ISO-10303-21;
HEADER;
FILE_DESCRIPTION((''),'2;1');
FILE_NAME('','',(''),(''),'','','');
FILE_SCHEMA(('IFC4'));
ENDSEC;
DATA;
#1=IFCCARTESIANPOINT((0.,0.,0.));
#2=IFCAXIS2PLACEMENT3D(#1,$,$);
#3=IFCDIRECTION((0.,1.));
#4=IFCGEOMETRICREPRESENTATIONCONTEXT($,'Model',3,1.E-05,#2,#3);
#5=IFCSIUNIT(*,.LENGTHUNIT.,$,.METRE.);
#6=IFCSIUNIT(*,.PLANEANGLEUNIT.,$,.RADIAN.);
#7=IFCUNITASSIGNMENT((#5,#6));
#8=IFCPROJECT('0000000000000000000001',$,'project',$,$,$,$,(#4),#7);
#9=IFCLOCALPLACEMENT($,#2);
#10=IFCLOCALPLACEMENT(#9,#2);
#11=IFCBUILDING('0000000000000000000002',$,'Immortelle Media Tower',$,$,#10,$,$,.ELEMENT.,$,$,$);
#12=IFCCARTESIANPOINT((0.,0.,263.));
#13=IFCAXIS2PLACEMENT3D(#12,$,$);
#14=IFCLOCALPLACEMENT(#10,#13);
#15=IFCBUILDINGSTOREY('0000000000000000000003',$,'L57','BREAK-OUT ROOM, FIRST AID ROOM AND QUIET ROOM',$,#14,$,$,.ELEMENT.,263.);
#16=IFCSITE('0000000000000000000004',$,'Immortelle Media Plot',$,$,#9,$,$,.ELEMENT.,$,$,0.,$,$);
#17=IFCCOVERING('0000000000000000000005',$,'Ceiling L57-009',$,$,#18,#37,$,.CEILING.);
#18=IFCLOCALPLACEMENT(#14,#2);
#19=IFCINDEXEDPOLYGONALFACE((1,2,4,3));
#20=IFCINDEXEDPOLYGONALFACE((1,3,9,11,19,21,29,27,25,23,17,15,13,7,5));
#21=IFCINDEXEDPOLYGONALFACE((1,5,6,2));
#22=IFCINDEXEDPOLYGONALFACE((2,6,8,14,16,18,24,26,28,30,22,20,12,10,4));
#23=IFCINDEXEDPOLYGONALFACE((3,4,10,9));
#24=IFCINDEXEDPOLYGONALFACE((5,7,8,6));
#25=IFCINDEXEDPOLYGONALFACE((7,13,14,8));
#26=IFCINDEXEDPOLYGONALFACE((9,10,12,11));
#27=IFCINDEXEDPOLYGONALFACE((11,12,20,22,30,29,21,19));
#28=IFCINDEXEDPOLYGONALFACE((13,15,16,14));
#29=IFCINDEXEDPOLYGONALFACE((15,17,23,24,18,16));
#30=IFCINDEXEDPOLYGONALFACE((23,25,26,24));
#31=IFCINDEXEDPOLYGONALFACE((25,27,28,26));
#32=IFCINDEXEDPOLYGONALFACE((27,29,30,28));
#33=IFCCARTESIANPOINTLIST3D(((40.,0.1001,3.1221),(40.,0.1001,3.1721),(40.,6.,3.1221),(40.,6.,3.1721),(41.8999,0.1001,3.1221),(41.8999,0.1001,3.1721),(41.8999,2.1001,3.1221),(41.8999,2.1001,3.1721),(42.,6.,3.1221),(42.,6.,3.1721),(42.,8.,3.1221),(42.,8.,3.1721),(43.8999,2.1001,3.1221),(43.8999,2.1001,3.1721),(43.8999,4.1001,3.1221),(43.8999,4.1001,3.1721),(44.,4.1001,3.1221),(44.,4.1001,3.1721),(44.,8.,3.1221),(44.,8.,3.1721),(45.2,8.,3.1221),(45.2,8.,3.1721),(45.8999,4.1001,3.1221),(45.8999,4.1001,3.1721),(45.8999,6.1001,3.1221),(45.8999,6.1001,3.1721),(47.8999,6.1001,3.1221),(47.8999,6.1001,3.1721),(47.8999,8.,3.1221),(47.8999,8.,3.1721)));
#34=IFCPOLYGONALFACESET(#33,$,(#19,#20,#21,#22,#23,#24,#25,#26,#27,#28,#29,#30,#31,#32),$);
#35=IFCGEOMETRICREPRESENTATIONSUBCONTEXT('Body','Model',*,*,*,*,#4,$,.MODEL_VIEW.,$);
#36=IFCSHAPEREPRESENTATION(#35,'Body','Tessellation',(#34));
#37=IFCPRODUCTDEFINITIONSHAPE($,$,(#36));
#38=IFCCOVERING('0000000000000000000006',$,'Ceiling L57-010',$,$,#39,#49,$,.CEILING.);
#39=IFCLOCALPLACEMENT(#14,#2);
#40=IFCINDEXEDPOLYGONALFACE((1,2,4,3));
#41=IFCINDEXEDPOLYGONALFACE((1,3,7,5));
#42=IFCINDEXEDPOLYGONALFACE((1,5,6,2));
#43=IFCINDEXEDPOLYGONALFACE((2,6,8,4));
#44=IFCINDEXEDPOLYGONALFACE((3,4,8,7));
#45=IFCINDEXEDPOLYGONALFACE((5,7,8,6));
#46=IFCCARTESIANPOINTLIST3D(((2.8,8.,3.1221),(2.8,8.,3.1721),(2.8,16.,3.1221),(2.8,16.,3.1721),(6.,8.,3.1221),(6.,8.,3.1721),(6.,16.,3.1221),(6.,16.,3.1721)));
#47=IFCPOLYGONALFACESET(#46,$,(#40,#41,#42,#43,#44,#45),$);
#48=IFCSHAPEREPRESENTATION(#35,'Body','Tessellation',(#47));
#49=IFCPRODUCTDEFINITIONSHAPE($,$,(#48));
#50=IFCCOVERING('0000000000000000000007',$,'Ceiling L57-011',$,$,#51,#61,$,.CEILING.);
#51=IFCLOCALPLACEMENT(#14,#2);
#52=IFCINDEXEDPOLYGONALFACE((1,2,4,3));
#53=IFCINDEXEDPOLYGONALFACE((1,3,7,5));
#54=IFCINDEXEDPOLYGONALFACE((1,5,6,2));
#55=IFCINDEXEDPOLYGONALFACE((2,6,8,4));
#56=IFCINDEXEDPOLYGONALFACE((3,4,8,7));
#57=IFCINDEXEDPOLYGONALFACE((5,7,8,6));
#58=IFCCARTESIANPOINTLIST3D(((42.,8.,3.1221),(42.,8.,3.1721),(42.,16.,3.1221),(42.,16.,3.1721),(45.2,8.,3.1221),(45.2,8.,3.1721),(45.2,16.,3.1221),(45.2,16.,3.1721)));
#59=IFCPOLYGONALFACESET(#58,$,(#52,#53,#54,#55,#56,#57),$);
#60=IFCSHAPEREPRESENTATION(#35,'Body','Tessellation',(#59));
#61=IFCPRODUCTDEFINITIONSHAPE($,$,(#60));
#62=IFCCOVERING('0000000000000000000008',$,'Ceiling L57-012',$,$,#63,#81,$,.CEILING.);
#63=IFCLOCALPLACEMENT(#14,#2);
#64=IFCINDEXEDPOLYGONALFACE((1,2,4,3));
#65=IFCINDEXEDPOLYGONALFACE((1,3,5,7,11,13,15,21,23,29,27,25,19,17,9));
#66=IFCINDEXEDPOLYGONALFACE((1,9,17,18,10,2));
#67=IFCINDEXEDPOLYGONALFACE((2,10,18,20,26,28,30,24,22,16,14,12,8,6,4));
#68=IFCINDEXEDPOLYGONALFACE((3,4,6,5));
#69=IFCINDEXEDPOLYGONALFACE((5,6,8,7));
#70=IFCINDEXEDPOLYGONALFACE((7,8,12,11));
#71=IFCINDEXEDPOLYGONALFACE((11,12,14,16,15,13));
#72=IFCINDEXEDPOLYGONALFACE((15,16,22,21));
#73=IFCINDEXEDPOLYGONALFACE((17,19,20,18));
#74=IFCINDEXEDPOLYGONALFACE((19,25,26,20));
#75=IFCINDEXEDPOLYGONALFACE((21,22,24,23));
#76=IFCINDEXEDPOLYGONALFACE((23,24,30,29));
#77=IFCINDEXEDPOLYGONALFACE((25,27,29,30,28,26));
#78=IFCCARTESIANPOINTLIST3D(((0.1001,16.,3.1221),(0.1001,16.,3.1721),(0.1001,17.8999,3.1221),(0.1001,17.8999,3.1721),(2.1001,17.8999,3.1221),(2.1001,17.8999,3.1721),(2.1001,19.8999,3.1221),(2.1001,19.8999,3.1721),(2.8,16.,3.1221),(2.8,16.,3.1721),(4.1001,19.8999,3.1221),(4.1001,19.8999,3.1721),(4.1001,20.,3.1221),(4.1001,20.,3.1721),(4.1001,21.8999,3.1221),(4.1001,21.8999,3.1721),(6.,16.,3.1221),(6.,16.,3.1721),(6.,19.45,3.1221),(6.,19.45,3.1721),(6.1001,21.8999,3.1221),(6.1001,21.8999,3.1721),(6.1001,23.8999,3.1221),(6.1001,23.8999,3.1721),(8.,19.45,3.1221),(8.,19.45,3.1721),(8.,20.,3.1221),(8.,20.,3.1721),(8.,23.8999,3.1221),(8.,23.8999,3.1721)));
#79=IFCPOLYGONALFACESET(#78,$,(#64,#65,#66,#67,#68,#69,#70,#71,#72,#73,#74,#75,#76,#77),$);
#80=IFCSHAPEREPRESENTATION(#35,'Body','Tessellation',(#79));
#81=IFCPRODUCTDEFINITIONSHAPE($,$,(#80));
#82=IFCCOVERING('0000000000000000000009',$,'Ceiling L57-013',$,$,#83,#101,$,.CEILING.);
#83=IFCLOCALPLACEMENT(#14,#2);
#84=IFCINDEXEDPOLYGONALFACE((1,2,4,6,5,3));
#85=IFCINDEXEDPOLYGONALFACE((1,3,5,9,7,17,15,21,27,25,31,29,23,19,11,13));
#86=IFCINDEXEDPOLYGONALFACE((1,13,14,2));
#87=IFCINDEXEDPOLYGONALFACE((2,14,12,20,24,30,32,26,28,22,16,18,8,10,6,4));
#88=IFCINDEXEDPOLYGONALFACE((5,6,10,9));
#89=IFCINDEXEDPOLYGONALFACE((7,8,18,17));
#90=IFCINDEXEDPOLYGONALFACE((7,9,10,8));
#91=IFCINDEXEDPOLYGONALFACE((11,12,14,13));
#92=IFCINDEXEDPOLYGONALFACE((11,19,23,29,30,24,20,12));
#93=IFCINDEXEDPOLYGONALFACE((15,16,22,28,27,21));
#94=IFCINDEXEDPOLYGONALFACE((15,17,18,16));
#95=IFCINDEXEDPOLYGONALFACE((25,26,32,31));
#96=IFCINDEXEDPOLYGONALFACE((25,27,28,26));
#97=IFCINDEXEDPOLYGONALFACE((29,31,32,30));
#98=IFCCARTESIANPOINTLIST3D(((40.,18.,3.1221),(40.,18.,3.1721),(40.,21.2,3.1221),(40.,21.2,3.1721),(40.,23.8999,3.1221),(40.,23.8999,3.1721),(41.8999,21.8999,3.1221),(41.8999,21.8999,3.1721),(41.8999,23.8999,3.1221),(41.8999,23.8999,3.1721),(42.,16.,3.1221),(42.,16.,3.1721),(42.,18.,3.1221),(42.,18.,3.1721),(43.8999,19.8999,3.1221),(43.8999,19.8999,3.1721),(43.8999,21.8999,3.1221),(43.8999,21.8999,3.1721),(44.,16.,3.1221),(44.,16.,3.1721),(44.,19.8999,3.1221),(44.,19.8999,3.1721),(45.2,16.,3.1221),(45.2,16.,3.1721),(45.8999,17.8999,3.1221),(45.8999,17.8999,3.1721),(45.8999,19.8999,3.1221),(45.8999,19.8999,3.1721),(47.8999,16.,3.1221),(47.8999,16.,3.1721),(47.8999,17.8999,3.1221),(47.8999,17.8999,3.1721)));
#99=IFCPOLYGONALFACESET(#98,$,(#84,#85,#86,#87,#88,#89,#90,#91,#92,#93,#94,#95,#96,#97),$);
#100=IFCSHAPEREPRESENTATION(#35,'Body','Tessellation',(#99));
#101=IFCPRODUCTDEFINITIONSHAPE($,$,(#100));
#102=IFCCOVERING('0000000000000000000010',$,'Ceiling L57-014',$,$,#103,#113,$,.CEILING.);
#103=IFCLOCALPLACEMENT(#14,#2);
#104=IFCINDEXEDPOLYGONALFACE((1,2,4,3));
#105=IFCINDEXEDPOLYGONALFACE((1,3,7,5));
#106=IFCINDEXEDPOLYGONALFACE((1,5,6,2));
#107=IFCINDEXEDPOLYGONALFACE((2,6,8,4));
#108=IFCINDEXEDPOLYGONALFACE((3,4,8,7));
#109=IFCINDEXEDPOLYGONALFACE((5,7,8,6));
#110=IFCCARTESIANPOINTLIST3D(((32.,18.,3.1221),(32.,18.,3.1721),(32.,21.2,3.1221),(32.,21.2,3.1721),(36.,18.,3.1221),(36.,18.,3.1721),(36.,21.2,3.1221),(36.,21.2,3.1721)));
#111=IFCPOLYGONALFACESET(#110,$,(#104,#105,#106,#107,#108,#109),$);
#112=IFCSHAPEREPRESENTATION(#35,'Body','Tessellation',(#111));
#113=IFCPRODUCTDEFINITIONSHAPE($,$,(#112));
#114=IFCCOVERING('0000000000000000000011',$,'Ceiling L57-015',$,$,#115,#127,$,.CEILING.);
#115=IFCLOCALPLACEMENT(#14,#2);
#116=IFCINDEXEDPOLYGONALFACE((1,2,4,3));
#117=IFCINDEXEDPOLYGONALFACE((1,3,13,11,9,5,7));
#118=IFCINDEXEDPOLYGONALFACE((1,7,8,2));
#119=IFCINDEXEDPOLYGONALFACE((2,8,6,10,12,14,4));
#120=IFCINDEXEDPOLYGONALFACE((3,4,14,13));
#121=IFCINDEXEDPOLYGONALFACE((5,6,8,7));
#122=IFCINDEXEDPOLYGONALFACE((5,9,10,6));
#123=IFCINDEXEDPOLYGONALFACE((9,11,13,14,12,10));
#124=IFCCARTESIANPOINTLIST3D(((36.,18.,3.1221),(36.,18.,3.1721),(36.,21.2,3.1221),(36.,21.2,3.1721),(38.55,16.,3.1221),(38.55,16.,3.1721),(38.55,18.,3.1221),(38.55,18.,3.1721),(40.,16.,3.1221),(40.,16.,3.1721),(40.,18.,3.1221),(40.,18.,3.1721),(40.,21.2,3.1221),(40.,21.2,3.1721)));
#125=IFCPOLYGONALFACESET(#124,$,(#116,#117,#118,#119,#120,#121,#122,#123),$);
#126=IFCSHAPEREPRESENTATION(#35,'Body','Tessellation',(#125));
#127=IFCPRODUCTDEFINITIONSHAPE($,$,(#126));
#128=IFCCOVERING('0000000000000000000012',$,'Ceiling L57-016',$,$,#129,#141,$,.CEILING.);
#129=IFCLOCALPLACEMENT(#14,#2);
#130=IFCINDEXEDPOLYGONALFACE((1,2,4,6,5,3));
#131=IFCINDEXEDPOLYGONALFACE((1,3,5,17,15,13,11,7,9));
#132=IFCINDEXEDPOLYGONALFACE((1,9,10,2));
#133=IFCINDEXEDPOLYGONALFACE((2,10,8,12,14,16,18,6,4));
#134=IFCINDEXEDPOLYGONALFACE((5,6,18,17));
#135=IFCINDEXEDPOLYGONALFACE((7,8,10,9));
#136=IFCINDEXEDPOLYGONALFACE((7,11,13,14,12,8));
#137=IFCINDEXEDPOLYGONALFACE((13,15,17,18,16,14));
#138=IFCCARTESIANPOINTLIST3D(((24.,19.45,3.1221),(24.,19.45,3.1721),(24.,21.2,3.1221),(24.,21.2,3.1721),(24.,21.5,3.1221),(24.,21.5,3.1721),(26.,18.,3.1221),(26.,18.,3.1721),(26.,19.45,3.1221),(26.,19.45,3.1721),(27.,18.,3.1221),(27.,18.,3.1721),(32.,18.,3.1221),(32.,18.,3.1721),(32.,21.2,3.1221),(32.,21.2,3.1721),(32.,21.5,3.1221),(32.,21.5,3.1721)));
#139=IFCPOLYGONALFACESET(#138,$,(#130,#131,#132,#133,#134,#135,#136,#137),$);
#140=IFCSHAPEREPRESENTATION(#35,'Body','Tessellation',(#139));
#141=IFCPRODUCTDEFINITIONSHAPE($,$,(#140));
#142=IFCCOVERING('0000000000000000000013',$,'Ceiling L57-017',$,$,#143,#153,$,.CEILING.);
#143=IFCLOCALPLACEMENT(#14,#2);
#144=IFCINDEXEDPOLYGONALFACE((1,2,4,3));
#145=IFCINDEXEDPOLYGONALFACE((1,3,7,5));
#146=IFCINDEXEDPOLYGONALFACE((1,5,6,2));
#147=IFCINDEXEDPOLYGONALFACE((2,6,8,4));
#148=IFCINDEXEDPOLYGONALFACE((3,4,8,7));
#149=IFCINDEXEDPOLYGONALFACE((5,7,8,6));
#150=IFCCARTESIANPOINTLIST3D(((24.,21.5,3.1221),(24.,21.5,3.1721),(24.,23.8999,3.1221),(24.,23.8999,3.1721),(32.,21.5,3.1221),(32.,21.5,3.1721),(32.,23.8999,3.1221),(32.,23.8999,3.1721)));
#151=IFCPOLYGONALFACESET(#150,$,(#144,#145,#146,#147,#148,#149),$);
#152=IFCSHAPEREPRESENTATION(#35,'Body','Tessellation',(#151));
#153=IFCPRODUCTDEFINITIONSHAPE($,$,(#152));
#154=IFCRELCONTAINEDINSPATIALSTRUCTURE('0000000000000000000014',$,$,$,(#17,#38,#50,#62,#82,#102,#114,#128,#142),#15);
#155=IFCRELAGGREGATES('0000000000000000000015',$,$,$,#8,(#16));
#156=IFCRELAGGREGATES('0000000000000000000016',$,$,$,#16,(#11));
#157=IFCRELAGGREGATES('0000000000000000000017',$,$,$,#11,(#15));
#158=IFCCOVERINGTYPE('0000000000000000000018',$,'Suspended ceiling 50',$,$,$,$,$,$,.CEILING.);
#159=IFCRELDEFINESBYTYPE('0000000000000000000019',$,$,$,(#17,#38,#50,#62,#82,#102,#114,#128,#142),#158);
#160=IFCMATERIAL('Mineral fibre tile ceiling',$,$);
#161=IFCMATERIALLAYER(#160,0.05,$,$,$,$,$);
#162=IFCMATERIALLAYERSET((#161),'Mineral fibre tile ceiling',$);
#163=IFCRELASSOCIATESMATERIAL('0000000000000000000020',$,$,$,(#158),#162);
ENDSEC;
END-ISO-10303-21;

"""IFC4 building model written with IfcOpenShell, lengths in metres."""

from ifc_helpers import new_model, si_unit, direction, frame, origin, place, context, subcontext, project, spatial, polyline, outline, extrude, material, layer, layer_set, type_object, element, save


model = new_model("IFC4")

# Units and contexts
model_context = context("Model", 3, precision=1e-05, world=origin(), true_north=direction((0.0, 1.0)))
body_context = subcontext(model_context, "Body", "Model", "MODEL_VIEW")
ifc_project = project(units=[si_unit("LENGTHUNIT", "METRE"), si_unit("PLANEANGLEUNIT", "RADIAN")], contexts=[model_context])

# Site, building, storey
site_placement = place(None, origin())
site = spatial("IfcSite", under=ifc_project, at=site_placement, Name="Immortelle Media Plot", CompositionType="ELEMENT", RefElevation=0.0)
building_placement = place(site_placement, origin())
building = spatial("IfcBuilding", under=site, at=building_placement, Name="Immortelle Media Tower", CompositionType="ELEMENT")
storey_placement = place(building_placement, frame((0.0, 0.0, 263.0)))
storey = spatial("IfcBuildingStorey", under=building, at=storey_placement, Name="L57", Description="BREAK-OUT ROOM, FIRST AID ROOM AND QUIET ROOM", CompositionType="ELEMENT", Elevation=263.0)

# Coverings
ifc_material_1 = material(Name="Mineral fibre tile ceiling")
ifc_layer_1 = layer(ifc_material_1, 0.05)
ifc_layer_set_1 = layer_set([ifc_layer_1], Name="Mineral fibre tile ceiling")
covering_type = type_object("IfcCoveringType", Name="Suspended ceiling 50", PredefinedType="CEILING", material=ifc_layer_set_1)
covering_1_placement = place(storey_placement, frame((0.0, 0.0, 3.1221)))
element("IfcCovering", 1, at=covering_1_placement, inside=storey, type_object=covering_type, Name="Ceiling L57-009", PredefinedType="CEILING", context=body_context, shape_type="SweptSolid", body=[
    extrude(outline(polyline([(43.8999, 2.1001), (41.8999, 2.1001), (41.8999, 0.1001), (40.0, 0.1001), (40.0, 6.0), (42.0, 6.0), (42.0, 8.0), (44.0, 8.0), (45.2, 8.0), (47.8999, 8.0), (47.8999, 6.1001), (45.8999, 6.1001), (45.8999, 4.1001), (44.0, 4.1001), (43.8999, 4.1001), (43.8999, 2.1001)])), origin(), (0.0, 0.0, 1.0), 0.05),
])
covering_2_placement = place(storey_placement, frame((0.0, 0.0, 3.1221)))
element("IfcCovering", 2, at=covering_2_placement, inside=storey, type_object=covering_type, Name="Ceiling L57-010", PredefinedType="CEILING", context=body_context, shape_type="SweptSolid", body=[
    extrude(outline(polyline([(6.0, 8.0), (2.8, 8.0), (2.8, 16.0), (6.0, 16.0), (6.0, 8.0)])), origin(), (0.0, 0.0, 1.0), 0.05),
])
covering_3_placement = place(storey_placement, frame((0.0, 0.0, 3.1221)))
element("IfcCovering", 3, at=covering_3_placement, inside=storey, type_object=covering_type, Name="Ceiling L57-011", PredefinedType="CEILING", context=body_context, shape_type="SweptSolid", body=[
    extrude(outline(polyline([(45.2, 8.0), (42.0, 8.0), (42.0, 16.0), (45.2, 16.0), (45.2, 8.0)])), origin(), (0.0, 0.0, 1.0), 0.05),
])
covering_4_placement = place(storey_placement, frame((0.0, 0.0, 3.1221)))
element("IfcCovering", 4, at=covering_4_placement, inside=storey, type_object=covering_type, Name="Ceiling L57-012", PredefinedType="CEILING", context=body_context, shape_type="SweptSolid", body=[
    extrude(outline(polyline([(2.8, 16.0), (0.1001, 16.0), (0.1001, 17.8999), (2.1001, 17.8999), (2.1001, 19.8999), (4.1001, 19.8999), (4.1001, 20.0), (4.1001, 21.8999), (6.1001, 21.8999), (6.1001, 23.8999), (8.0, 23.8999), (8.0, 20.0), (8.0, 19.45), (6.0, 19.45), (6.0, 16.0), (2.8, 16.0)])), origin(), (0.0, 0.0, 1.0), 0.05),
])
covering_5_placement = place(storey_placement, frame((0.0, 0.0, 3.1221)))
element("IfcCovering", 5, at=covering_5_placement, inside=storey, type_object=covering_type, Name="Ceiling L57-013", PredefinedType="CEILING", context=body_context, shape_type="SweptSolid", body=[
    extrude(outline(polyline([(45.8999, 19.8999), (45.8999, 17.8999), (47.8999, 17.8999), (47.8999, 16.0), (45.2, 16.0), (44.0, 16.0), (42.0, 16.0), (42.0, 18.0), (40.0, 18.0), (40.0, 21.2), (40.0, 23.8999), (41.8999, 23.8999), (41.8999, 21.8999), (43.8999, 21.8999), (43.8999, 19.8999), (44.0, 19.8999), (45.8999, 19.8999)])), origin(), (0.0, 0.0, 1.0), 0.05),
])
covering_6_placement = place(storey_placement, frame((0.0, 0.0, 3.1221)))
element("IfcCovering", 6, at=covering_6_placement, inside=storey, type_object=covering_type, Name="Ceiling L57-014", PredefinedType="CEILING", context=body_context, shape_type="SweptSolid", body=[
    extrude(outline(polyline([(32.0, 18.0), (32.0, 21.2), (36.0, 21.2), (36.0, 18.0), (32.0, 18.0)])), origin(), (0.0, 0.0, 1.0), 0.05),
])
covering_7_placement = place(storey_placement, frame((0.0, 0.0, 3.1221)))
element("IfcCovering", 7, at=covering_7_placement, inside=storey, type_object=covering_type, Name="Ceiling L57-015", PredefinedType="CEILING", context=body_context, shape_type="SweptSolid", body=[
    extrude(outline(polyline([(38.55, 18.0), (36.0, 18.0), (36.0, 21.2), (40.0, 21.2), (40.0, 18.0), (40.0, 16.0), (38.55, 16.0), (38.55, 18.0)])), origin(), (0.0, 0.0, 1.0), 0.05),
])
covering_8_placement = place(storey_placement, frame((0.0, 0.0, 3.1221)))
element("IfcCovering", 8, at=covering_8_placement, inside=storey, type_object=covering_type, Name="Ceiling L57-016", PredefinedType="CEILING", context=body_context, shape_type="SweptSolid", body=[
    extrude(outline(polyline([(26.0, 18.0), (26.0, 19.45), (24.0, 19.45), (24.0, 21.2), (24.0, 21.5), (32.0, 21.5), (32.0, 21.2), (32.0, 18.0), (27.0, 18.0), (26.0, 18.0)])), origin(), (0.0, 0.0, 1.0), 0.05),
])
covering_9_placement = place(storey_placement, frame((0.0, 0.0, 3.1221)))
element("IfcCovering", 9, at=covering_9_placement, inside=storey, type_object=covering_type, Name="Ceiling L57-017", PredefinedType="CEILING", context=body_context, shape_type="SweptSolid", body=[
    extrude(outline(polyline([(24.0, 23.8999), (32.0, 23.8999), (32.0, 21.5), (24.0, 21.5), (24.0, 23.8999)])), origin(), (0.0, 0.0, 1.0), 0.05),
])

save(model, "model.ifc")
